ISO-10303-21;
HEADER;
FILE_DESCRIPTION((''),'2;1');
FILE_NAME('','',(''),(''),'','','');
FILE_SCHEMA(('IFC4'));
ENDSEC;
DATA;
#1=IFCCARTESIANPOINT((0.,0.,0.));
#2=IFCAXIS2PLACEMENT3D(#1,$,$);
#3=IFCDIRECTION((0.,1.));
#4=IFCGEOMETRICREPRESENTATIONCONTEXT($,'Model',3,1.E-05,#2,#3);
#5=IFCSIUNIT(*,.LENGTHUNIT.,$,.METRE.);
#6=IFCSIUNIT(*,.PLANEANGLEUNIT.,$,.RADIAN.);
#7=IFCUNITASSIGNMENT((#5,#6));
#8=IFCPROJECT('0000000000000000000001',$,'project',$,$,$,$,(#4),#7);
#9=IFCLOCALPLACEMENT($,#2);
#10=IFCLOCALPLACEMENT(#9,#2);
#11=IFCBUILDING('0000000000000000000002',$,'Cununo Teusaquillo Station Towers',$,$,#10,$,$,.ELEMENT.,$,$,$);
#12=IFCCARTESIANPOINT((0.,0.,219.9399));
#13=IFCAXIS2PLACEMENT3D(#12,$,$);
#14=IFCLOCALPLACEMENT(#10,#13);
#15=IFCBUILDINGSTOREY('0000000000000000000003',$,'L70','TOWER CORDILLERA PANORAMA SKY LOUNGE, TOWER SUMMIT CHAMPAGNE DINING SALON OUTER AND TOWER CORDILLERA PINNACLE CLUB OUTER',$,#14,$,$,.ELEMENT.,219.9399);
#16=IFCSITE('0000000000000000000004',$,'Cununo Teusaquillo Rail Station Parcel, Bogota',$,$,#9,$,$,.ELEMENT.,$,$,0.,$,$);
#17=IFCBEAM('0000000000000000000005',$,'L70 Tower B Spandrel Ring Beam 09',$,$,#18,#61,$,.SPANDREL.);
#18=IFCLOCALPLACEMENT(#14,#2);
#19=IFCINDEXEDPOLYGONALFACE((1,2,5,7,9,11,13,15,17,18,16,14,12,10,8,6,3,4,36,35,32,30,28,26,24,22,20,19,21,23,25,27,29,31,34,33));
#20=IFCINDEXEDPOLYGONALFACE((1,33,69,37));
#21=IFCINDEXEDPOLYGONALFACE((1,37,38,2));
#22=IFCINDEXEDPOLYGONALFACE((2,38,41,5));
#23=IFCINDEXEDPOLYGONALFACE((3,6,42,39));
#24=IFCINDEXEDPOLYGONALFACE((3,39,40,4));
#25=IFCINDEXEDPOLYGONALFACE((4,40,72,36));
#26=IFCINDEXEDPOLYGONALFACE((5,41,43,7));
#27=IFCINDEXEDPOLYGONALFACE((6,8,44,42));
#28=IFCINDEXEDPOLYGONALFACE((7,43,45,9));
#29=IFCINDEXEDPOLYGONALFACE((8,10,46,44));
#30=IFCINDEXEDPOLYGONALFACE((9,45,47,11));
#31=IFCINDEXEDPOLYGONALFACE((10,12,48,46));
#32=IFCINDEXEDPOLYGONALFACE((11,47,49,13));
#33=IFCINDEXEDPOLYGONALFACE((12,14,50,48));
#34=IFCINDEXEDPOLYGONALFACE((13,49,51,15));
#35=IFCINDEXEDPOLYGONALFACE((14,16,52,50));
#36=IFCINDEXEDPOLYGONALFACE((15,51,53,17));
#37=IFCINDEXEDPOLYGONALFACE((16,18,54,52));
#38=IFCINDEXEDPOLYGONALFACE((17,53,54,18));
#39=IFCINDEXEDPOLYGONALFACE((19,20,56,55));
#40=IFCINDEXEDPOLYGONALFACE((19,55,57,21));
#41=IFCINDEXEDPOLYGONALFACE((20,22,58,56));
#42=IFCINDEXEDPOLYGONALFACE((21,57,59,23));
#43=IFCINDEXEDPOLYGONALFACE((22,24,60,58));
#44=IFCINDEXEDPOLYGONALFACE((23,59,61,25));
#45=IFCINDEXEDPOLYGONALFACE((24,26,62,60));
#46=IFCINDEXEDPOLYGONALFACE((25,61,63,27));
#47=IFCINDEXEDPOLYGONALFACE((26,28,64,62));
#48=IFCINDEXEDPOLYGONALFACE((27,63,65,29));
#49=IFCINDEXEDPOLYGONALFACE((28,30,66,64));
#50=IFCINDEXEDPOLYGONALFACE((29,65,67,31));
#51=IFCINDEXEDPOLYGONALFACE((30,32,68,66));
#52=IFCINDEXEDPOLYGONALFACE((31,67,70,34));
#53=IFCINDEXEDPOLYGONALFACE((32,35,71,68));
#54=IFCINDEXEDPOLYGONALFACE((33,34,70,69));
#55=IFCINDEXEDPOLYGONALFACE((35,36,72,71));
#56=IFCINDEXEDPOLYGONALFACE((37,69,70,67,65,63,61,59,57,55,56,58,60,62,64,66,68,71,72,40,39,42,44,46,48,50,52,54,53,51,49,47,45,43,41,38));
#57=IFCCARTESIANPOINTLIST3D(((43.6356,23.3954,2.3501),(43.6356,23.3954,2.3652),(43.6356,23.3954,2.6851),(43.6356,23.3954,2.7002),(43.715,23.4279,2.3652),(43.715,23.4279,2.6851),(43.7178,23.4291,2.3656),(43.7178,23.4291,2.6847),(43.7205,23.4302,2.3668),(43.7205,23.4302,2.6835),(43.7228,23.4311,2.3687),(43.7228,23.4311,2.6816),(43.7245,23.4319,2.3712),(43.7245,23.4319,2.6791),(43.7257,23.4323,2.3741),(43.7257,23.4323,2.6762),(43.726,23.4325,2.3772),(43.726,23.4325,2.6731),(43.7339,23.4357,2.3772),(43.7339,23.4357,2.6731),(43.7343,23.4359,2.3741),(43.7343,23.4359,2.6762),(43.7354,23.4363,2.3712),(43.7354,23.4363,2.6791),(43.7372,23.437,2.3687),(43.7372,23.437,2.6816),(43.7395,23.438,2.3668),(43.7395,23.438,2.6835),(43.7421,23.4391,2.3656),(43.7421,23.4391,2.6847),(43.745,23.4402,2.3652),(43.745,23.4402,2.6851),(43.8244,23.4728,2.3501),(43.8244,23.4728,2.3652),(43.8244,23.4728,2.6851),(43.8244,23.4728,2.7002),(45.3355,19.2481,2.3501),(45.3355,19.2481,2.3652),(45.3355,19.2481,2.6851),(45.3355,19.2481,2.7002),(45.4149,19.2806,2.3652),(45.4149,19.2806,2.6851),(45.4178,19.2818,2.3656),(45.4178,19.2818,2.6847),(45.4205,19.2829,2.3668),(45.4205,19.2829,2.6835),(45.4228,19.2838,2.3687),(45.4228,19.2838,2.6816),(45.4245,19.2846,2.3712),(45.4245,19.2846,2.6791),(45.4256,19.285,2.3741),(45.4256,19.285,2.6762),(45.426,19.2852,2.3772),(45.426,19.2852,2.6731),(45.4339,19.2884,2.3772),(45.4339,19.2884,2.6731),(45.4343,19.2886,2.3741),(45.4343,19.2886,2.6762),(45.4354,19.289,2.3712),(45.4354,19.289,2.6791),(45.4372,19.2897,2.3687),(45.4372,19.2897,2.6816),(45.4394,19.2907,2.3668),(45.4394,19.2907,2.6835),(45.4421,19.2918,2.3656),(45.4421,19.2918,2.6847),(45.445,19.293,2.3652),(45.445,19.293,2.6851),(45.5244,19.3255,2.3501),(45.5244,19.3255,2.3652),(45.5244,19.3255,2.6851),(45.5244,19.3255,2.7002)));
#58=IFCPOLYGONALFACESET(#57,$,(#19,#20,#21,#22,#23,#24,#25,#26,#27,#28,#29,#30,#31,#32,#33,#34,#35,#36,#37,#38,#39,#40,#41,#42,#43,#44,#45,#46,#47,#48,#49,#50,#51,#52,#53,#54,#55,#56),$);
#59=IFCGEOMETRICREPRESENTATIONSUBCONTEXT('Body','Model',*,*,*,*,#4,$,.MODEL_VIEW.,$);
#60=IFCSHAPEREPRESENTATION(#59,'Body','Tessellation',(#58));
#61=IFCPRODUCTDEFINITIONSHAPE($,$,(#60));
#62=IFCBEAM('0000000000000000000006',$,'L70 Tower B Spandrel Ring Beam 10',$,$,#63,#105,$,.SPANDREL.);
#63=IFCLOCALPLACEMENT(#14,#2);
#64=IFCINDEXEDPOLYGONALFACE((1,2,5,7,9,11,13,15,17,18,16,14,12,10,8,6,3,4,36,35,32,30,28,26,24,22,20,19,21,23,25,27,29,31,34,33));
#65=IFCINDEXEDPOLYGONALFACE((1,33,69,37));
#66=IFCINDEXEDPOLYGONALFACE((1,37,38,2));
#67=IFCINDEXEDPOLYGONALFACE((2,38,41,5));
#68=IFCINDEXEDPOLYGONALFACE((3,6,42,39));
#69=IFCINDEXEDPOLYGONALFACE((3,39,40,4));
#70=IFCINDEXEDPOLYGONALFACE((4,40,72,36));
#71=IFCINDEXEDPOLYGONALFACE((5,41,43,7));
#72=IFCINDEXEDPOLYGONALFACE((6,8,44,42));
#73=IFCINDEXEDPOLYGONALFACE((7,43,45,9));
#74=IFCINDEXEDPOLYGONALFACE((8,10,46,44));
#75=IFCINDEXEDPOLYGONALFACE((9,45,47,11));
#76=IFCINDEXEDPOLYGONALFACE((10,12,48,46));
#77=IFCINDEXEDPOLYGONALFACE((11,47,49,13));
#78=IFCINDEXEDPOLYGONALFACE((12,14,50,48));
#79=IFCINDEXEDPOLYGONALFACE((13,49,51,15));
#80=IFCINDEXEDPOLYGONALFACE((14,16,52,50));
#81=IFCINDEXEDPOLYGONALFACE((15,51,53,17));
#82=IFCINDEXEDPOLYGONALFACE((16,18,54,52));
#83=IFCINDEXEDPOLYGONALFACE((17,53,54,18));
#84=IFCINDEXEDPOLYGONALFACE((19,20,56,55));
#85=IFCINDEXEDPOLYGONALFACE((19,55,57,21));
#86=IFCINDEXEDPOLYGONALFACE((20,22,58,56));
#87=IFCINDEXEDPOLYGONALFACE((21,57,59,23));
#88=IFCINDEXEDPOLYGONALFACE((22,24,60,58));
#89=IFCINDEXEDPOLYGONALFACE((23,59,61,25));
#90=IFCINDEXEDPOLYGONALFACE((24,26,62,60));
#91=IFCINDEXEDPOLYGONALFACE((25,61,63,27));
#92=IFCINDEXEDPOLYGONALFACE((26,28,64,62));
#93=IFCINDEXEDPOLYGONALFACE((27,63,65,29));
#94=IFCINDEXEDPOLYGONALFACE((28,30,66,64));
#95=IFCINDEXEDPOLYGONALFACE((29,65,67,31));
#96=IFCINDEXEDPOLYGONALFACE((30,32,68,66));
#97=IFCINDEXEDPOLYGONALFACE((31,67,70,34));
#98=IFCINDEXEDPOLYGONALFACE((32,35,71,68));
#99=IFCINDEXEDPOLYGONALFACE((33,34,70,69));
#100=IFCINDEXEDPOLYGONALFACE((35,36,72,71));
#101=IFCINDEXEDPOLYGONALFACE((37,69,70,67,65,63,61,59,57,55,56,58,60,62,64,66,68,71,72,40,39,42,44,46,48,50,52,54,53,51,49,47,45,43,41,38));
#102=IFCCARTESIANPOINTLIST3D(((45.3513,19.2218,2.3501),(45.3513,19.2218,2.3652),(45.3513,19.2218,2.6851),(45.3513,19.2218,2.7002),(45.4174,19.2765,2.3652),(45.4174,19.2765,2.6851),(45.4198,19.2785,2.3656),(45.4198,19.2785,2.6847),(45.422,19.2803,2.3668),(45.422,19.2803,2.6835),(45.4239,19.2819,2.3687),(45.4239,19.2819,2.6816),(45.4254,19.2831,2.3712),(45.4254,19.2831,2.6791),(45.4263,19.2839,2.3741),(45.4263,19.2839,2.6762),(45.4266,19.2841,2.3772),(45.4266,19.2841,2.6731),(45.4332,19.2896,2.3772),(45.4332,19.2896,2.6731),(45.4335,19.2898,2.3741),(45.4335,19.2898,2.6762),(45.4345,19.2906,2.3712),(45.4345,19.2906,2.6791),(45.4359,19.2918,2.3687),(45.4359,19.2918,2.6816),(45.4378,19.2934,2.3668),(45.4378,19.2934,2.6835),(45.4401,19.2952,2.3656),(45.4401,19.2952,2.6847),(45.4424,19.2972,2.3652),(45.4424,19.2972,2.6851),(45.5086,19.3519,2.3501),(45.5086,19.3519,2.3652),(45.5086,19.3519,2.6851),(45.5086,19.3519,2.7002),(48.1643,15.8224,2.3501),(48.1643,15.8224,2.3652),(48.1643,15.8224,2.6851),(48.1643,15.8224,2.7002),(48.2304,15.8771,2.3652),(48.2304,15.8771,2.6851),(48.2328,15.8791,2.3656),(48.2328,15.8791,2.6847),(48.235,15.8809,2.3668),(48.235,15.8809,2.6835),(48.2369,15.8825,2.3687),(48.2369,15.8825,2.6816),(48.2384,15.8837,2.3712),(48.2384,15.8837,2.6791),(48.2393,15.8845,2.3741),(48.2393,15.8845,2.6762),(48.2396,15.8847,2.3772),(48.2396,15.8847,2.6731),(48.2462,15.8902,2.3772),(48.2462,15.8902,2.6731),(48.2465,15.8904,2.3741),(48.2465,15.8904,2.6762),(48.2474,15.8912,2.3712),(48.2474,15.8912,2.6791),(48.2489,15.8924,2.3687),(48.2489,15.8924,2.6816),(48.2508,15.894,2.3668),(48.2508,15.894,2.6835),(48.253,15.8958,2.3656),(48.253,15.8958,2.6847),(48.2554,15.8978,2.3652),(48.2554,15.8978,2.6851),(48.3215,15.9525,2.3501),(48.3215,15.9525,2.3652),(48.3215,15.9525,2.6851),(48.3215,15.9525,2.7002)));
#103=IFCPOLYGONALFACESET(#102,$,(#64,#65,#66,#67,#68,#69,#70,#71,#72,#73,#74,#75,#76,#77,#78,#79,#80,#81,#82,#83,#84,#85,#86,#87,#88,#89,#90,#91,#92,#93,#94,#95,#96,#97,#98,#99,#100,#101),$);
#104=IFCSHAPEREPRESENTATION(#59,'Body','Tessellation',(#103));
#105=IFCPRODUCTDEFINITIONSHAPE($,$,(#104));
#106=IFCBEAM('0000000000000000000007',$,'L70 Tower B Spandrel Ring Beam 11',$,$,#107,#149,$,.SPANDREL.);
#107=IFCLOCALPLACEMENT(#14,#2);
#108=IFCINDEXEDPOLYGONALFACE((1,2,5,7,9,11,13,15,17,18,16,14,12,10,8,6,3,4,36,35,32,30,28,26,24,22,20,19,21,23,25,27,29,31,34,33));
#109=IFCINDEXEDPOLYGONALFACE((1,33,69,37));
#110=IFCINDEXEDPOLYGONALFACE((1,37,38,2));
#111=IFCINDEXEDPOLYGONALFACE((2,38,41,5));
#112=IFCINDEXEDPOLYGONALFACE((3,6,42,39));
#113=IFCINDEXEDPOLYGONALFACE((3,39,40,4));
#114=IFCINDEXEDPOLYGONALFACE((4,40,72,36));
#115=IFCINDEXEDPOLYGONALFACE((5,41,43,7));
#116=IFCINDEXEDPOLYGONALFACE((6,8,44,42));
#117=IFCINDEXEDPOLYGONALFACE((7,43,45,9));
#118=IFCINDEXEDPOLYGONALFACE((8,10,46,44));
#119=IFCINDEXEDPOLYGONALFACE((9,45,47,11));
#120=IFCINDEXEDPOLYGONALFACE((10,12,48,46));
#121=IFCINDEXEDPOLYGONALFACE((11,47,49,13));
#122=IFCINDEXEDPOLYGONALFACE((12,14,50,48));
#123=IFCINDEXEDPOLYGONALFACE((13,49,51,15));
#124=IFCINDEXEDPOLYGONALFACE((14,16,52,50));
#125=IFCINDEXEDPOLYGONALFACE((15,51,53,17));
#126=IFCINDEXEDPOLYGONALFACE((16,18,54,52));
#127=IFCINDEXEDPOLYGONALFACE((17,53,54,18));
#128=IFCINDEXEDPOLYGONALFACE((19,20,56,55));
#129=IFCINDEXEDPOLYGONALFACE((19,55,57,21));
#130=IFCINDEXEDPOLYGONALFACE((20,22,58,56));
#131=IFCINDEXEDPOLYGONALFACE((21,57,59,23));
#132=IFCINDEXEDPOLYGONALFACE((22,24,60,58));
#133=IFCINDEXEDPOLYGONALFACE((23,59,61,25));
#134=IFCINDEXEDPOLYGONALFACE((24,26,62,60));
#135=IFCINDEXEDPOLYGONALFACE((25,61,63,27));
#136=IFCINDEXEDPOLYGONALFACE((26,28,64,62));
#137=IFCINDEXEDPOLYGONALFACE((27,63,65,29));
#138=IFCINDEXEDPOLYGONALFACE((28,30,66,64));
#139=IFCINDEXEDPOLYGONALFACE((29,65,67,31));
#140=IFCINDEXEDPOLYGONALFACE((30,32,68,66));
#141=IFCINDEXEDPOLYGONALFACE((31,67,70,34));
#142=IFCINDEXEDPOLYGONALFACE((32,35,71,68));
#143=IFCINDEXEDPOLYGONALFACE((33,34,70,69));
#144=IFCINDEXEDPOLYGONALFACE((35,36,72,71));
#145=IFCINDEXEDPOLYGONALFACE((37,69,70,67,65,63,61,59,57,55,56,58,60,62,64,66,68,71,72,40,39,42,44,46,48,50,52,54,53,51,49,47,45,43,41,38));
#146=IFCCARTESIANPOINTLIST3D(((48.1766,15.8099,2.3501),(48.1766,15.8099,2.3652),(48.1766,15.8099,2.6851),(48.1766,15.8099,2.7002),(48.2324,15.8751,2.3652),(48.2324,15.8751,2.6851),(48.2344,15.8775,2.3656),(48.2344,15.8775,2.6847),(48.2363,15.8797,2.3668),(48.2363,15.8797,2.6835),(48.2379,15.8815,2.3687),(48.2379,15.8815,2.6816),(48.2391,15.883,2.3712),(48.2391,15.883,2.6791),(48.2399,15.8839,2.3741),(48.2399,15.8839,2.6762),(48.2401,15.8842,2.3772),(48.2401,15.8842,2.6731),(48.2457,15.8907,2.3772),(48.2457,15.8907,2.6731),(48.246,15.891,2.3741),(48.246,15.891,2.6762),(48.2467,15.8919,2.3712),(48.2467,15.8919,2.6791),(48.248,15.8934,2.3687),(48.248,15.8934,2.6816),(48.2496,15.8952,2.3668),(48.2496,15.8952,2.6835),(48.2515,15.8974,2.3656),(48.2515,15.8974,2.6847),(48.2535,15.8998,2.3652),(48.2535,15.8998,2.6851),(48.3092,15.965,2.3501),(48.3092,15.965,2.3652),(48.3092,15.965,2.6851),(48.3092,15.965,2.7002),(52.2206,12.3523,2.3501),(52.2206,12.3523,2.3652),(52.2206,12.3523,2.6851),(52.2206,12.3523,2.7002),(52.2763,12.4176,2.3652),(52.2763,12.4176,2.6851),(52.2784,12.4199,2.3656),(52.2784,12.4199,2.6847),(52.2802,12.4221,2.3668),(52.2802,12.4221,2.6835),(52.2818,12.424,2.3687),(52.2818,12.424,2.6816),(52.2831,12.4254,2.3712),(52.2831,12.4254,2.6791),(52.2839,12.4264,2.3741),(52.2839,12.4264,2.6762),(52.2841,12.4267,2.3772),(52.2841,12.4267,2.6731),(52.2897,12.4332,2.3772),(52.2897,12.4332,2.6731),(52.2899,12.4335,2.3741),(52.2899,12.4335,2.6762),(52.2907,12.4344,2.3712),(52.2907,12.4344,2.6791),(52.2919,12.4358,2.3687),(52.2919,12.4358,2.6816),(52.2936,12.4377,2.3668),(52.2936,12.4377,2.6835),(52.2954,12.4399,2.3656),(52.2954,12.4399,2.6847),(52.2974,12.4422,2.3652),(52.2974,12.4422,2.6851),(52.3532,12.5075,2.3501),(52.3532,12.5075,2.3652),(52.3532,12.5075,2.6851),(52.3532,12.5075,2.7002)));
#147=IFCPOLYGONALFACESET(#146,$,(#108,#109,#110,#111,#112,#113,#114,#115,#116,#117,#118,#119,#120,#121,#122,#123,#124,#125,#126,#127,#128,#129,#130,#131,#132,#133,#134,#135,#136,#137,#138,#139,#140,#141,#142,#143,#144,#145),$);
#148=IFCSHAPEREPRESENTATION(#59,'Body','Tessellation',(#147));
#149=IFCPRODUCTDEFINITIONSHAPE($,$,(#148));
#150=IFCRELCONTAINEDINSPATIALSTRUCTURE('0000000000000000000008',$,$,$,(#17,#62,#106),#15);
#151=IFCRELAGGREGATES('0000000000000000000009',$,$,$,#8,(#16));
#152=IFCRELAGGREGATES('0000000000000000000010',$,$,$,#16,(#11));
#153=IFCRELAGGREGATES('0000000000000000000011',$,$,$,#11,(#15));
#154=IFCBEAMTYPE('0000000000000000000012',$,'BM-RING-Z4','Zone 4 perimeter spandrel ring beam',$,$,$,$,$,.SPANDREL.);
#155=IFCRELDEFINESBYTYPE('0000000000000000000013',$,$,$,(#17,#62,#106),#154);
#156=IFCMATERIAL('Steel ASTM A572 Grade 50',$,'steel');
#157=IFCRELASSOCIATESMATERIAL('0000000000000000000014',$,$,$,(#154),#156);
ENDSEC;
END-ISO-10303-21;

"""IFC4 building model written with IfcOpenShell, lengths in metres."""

from ifc_helpers import new_model, si_unit, direction, frame, origin, origin_2d, place, context, subcontext, project, spatial, i_section, extrude, material, material_profile, profile_set, type_object, element, save


model = new_model("IFC4")

# Units and contexts
model_context = context("Model", 3, precision=1e-05, world=origin(), true_north=direction((0.0, 1.0)))
body_context = subcontext(model_context, "Body", "Model", "MODEL_VIEW")
ifc_project = project(units=[si_unit("LENGTHUNIT", "METRE"), si_unit("PLANEANGLEUNIT", "RADIAN")], contexts=[model_context])

# Site, building, storey
site_placement = place(None, origin())
site = spatial("IfcSite", under=ifc_project, at=site_placement, Name="Cununo Teusaquillo Rail Station Parcel, Bogota", CompositionType="ELEMENT", RefElevation=0.0)
building_placement = place(site_placement, origin())
building = spatial("IfcBuilding", under=site, at=building_placement, Name="Cununo Teusaquillo Station Towers", CompositionType="ELEMENT")
storey_placement = place(building_placement, frame((0.0, 0.0, 219.9399)))
storey = spatial("IfcBuildingStorey", under=building, at=storey_placement, Name="L70", Description="TOWER CORDILLERA PANORAMA SKY LOUNGE, TOWER SUMMIT CHAMPAGNE DINING SALON OUTER AND TOWER CORDILLERA PINNACLE CLUB OUTER", CompositionType="ELEMENT", Elevation=219.9399)

# Beams
ifc_material_1 = material(Name="Steel ASTM A572 Grade 50", Category="steel")
ifc_material_profile_1 = material_profile(ifc_material_1, i_section(OverallWidth=0.2041, OverallDepth=0.3501, WebThickness=0.0085, FlangeThickness=0.0151, FilletRadius=0.012, at=origin_2d()), Name="W14X48")
ifc_profile_set_1 = profile_set([ifc_material_profile_1], Name="Steel ASTM A572 Grade 50")
beam_type_1 = type_object("IfcBeamType", Name="BM-RING-Z4", Description="Zone 4 perimeter spandrel ring beam", PredefinedType="SPANDREL", material=ifc_profile_set_1)
beam_1_placement = place(storey_placement, frame((43.73, 23.4341, 2.5251), z_axis=(0.379275, -0.925284, 0.0), x_axis=(0.925284, 0.379275, 0.0)))
element("IfcBeam", 1, at=beam_1_placement, inside=storey, type_object=beam_type_1, Name="L70 Tower B Spandrel Ring Beam 09", PredefinedType="SPANDREL", context=body_context, shape_type="SweptSolid", body=[
    extrude(i_section(OverallWidth=0.2041, OverallDepth=0.3501, WebThickness=0.0085, FlangeThickness=0.0151, FilletRadius=0.012, at=origin_2d()), origin(), (0.0, 0.0, 1.0), 4.4822),
])
beam_2_placement = place(storey_placement, frame((45.4299, 19.2869, 2.5251), z_axis=(0.637525, -0.77043, 0.0), x_axis=(0.77043, 0.637525, 0.0)))
element("IfcBeam", 2, at=beam_2_placement, inside=storey, type_object=beam_type_1, Name="L70 Tower B Spandrel Ring Beam 10", PredefinedType="SPANDREL", context=body_context, shape_type="SweptSolid", body=[
    extrude(i_section(OverallWidth=0.2041, OverallDepth=0.3501, WebThickness=0.0085, FlangeThickness=0.0151, FilletRadius=0.012, at=origin_2d()), origin(), (0.0, 0.0, 1.0), 4.4124),
])
beam_3_placement = place(storey_placement, frame((48.2429, 15.8875, 2.5251), z_axis=(0.760066, -0.649846, 0.0), x_axis=(0.649846, 0.760066, 0.0)))
element("IfcBeam", 3, at=beam_3_placement, inside=storey, type_object=beam_type_1, Name="L70 Tower B Spandrel Ring Beam 11", PredefinedType="SPANDREL", context=body_context, shape_type="SweptSolid", body=[
    extrude(i_section(OverallWidth=0.2041, OverallDepth=0.3501, WebThickness=0.0085, FlangeThickness=0.0151, FilletRadius=0.012, at=origin_2d()), origin(), (0.0, 0.0, 1.0), 5.3206),
])

save(model, "model.ifc")
